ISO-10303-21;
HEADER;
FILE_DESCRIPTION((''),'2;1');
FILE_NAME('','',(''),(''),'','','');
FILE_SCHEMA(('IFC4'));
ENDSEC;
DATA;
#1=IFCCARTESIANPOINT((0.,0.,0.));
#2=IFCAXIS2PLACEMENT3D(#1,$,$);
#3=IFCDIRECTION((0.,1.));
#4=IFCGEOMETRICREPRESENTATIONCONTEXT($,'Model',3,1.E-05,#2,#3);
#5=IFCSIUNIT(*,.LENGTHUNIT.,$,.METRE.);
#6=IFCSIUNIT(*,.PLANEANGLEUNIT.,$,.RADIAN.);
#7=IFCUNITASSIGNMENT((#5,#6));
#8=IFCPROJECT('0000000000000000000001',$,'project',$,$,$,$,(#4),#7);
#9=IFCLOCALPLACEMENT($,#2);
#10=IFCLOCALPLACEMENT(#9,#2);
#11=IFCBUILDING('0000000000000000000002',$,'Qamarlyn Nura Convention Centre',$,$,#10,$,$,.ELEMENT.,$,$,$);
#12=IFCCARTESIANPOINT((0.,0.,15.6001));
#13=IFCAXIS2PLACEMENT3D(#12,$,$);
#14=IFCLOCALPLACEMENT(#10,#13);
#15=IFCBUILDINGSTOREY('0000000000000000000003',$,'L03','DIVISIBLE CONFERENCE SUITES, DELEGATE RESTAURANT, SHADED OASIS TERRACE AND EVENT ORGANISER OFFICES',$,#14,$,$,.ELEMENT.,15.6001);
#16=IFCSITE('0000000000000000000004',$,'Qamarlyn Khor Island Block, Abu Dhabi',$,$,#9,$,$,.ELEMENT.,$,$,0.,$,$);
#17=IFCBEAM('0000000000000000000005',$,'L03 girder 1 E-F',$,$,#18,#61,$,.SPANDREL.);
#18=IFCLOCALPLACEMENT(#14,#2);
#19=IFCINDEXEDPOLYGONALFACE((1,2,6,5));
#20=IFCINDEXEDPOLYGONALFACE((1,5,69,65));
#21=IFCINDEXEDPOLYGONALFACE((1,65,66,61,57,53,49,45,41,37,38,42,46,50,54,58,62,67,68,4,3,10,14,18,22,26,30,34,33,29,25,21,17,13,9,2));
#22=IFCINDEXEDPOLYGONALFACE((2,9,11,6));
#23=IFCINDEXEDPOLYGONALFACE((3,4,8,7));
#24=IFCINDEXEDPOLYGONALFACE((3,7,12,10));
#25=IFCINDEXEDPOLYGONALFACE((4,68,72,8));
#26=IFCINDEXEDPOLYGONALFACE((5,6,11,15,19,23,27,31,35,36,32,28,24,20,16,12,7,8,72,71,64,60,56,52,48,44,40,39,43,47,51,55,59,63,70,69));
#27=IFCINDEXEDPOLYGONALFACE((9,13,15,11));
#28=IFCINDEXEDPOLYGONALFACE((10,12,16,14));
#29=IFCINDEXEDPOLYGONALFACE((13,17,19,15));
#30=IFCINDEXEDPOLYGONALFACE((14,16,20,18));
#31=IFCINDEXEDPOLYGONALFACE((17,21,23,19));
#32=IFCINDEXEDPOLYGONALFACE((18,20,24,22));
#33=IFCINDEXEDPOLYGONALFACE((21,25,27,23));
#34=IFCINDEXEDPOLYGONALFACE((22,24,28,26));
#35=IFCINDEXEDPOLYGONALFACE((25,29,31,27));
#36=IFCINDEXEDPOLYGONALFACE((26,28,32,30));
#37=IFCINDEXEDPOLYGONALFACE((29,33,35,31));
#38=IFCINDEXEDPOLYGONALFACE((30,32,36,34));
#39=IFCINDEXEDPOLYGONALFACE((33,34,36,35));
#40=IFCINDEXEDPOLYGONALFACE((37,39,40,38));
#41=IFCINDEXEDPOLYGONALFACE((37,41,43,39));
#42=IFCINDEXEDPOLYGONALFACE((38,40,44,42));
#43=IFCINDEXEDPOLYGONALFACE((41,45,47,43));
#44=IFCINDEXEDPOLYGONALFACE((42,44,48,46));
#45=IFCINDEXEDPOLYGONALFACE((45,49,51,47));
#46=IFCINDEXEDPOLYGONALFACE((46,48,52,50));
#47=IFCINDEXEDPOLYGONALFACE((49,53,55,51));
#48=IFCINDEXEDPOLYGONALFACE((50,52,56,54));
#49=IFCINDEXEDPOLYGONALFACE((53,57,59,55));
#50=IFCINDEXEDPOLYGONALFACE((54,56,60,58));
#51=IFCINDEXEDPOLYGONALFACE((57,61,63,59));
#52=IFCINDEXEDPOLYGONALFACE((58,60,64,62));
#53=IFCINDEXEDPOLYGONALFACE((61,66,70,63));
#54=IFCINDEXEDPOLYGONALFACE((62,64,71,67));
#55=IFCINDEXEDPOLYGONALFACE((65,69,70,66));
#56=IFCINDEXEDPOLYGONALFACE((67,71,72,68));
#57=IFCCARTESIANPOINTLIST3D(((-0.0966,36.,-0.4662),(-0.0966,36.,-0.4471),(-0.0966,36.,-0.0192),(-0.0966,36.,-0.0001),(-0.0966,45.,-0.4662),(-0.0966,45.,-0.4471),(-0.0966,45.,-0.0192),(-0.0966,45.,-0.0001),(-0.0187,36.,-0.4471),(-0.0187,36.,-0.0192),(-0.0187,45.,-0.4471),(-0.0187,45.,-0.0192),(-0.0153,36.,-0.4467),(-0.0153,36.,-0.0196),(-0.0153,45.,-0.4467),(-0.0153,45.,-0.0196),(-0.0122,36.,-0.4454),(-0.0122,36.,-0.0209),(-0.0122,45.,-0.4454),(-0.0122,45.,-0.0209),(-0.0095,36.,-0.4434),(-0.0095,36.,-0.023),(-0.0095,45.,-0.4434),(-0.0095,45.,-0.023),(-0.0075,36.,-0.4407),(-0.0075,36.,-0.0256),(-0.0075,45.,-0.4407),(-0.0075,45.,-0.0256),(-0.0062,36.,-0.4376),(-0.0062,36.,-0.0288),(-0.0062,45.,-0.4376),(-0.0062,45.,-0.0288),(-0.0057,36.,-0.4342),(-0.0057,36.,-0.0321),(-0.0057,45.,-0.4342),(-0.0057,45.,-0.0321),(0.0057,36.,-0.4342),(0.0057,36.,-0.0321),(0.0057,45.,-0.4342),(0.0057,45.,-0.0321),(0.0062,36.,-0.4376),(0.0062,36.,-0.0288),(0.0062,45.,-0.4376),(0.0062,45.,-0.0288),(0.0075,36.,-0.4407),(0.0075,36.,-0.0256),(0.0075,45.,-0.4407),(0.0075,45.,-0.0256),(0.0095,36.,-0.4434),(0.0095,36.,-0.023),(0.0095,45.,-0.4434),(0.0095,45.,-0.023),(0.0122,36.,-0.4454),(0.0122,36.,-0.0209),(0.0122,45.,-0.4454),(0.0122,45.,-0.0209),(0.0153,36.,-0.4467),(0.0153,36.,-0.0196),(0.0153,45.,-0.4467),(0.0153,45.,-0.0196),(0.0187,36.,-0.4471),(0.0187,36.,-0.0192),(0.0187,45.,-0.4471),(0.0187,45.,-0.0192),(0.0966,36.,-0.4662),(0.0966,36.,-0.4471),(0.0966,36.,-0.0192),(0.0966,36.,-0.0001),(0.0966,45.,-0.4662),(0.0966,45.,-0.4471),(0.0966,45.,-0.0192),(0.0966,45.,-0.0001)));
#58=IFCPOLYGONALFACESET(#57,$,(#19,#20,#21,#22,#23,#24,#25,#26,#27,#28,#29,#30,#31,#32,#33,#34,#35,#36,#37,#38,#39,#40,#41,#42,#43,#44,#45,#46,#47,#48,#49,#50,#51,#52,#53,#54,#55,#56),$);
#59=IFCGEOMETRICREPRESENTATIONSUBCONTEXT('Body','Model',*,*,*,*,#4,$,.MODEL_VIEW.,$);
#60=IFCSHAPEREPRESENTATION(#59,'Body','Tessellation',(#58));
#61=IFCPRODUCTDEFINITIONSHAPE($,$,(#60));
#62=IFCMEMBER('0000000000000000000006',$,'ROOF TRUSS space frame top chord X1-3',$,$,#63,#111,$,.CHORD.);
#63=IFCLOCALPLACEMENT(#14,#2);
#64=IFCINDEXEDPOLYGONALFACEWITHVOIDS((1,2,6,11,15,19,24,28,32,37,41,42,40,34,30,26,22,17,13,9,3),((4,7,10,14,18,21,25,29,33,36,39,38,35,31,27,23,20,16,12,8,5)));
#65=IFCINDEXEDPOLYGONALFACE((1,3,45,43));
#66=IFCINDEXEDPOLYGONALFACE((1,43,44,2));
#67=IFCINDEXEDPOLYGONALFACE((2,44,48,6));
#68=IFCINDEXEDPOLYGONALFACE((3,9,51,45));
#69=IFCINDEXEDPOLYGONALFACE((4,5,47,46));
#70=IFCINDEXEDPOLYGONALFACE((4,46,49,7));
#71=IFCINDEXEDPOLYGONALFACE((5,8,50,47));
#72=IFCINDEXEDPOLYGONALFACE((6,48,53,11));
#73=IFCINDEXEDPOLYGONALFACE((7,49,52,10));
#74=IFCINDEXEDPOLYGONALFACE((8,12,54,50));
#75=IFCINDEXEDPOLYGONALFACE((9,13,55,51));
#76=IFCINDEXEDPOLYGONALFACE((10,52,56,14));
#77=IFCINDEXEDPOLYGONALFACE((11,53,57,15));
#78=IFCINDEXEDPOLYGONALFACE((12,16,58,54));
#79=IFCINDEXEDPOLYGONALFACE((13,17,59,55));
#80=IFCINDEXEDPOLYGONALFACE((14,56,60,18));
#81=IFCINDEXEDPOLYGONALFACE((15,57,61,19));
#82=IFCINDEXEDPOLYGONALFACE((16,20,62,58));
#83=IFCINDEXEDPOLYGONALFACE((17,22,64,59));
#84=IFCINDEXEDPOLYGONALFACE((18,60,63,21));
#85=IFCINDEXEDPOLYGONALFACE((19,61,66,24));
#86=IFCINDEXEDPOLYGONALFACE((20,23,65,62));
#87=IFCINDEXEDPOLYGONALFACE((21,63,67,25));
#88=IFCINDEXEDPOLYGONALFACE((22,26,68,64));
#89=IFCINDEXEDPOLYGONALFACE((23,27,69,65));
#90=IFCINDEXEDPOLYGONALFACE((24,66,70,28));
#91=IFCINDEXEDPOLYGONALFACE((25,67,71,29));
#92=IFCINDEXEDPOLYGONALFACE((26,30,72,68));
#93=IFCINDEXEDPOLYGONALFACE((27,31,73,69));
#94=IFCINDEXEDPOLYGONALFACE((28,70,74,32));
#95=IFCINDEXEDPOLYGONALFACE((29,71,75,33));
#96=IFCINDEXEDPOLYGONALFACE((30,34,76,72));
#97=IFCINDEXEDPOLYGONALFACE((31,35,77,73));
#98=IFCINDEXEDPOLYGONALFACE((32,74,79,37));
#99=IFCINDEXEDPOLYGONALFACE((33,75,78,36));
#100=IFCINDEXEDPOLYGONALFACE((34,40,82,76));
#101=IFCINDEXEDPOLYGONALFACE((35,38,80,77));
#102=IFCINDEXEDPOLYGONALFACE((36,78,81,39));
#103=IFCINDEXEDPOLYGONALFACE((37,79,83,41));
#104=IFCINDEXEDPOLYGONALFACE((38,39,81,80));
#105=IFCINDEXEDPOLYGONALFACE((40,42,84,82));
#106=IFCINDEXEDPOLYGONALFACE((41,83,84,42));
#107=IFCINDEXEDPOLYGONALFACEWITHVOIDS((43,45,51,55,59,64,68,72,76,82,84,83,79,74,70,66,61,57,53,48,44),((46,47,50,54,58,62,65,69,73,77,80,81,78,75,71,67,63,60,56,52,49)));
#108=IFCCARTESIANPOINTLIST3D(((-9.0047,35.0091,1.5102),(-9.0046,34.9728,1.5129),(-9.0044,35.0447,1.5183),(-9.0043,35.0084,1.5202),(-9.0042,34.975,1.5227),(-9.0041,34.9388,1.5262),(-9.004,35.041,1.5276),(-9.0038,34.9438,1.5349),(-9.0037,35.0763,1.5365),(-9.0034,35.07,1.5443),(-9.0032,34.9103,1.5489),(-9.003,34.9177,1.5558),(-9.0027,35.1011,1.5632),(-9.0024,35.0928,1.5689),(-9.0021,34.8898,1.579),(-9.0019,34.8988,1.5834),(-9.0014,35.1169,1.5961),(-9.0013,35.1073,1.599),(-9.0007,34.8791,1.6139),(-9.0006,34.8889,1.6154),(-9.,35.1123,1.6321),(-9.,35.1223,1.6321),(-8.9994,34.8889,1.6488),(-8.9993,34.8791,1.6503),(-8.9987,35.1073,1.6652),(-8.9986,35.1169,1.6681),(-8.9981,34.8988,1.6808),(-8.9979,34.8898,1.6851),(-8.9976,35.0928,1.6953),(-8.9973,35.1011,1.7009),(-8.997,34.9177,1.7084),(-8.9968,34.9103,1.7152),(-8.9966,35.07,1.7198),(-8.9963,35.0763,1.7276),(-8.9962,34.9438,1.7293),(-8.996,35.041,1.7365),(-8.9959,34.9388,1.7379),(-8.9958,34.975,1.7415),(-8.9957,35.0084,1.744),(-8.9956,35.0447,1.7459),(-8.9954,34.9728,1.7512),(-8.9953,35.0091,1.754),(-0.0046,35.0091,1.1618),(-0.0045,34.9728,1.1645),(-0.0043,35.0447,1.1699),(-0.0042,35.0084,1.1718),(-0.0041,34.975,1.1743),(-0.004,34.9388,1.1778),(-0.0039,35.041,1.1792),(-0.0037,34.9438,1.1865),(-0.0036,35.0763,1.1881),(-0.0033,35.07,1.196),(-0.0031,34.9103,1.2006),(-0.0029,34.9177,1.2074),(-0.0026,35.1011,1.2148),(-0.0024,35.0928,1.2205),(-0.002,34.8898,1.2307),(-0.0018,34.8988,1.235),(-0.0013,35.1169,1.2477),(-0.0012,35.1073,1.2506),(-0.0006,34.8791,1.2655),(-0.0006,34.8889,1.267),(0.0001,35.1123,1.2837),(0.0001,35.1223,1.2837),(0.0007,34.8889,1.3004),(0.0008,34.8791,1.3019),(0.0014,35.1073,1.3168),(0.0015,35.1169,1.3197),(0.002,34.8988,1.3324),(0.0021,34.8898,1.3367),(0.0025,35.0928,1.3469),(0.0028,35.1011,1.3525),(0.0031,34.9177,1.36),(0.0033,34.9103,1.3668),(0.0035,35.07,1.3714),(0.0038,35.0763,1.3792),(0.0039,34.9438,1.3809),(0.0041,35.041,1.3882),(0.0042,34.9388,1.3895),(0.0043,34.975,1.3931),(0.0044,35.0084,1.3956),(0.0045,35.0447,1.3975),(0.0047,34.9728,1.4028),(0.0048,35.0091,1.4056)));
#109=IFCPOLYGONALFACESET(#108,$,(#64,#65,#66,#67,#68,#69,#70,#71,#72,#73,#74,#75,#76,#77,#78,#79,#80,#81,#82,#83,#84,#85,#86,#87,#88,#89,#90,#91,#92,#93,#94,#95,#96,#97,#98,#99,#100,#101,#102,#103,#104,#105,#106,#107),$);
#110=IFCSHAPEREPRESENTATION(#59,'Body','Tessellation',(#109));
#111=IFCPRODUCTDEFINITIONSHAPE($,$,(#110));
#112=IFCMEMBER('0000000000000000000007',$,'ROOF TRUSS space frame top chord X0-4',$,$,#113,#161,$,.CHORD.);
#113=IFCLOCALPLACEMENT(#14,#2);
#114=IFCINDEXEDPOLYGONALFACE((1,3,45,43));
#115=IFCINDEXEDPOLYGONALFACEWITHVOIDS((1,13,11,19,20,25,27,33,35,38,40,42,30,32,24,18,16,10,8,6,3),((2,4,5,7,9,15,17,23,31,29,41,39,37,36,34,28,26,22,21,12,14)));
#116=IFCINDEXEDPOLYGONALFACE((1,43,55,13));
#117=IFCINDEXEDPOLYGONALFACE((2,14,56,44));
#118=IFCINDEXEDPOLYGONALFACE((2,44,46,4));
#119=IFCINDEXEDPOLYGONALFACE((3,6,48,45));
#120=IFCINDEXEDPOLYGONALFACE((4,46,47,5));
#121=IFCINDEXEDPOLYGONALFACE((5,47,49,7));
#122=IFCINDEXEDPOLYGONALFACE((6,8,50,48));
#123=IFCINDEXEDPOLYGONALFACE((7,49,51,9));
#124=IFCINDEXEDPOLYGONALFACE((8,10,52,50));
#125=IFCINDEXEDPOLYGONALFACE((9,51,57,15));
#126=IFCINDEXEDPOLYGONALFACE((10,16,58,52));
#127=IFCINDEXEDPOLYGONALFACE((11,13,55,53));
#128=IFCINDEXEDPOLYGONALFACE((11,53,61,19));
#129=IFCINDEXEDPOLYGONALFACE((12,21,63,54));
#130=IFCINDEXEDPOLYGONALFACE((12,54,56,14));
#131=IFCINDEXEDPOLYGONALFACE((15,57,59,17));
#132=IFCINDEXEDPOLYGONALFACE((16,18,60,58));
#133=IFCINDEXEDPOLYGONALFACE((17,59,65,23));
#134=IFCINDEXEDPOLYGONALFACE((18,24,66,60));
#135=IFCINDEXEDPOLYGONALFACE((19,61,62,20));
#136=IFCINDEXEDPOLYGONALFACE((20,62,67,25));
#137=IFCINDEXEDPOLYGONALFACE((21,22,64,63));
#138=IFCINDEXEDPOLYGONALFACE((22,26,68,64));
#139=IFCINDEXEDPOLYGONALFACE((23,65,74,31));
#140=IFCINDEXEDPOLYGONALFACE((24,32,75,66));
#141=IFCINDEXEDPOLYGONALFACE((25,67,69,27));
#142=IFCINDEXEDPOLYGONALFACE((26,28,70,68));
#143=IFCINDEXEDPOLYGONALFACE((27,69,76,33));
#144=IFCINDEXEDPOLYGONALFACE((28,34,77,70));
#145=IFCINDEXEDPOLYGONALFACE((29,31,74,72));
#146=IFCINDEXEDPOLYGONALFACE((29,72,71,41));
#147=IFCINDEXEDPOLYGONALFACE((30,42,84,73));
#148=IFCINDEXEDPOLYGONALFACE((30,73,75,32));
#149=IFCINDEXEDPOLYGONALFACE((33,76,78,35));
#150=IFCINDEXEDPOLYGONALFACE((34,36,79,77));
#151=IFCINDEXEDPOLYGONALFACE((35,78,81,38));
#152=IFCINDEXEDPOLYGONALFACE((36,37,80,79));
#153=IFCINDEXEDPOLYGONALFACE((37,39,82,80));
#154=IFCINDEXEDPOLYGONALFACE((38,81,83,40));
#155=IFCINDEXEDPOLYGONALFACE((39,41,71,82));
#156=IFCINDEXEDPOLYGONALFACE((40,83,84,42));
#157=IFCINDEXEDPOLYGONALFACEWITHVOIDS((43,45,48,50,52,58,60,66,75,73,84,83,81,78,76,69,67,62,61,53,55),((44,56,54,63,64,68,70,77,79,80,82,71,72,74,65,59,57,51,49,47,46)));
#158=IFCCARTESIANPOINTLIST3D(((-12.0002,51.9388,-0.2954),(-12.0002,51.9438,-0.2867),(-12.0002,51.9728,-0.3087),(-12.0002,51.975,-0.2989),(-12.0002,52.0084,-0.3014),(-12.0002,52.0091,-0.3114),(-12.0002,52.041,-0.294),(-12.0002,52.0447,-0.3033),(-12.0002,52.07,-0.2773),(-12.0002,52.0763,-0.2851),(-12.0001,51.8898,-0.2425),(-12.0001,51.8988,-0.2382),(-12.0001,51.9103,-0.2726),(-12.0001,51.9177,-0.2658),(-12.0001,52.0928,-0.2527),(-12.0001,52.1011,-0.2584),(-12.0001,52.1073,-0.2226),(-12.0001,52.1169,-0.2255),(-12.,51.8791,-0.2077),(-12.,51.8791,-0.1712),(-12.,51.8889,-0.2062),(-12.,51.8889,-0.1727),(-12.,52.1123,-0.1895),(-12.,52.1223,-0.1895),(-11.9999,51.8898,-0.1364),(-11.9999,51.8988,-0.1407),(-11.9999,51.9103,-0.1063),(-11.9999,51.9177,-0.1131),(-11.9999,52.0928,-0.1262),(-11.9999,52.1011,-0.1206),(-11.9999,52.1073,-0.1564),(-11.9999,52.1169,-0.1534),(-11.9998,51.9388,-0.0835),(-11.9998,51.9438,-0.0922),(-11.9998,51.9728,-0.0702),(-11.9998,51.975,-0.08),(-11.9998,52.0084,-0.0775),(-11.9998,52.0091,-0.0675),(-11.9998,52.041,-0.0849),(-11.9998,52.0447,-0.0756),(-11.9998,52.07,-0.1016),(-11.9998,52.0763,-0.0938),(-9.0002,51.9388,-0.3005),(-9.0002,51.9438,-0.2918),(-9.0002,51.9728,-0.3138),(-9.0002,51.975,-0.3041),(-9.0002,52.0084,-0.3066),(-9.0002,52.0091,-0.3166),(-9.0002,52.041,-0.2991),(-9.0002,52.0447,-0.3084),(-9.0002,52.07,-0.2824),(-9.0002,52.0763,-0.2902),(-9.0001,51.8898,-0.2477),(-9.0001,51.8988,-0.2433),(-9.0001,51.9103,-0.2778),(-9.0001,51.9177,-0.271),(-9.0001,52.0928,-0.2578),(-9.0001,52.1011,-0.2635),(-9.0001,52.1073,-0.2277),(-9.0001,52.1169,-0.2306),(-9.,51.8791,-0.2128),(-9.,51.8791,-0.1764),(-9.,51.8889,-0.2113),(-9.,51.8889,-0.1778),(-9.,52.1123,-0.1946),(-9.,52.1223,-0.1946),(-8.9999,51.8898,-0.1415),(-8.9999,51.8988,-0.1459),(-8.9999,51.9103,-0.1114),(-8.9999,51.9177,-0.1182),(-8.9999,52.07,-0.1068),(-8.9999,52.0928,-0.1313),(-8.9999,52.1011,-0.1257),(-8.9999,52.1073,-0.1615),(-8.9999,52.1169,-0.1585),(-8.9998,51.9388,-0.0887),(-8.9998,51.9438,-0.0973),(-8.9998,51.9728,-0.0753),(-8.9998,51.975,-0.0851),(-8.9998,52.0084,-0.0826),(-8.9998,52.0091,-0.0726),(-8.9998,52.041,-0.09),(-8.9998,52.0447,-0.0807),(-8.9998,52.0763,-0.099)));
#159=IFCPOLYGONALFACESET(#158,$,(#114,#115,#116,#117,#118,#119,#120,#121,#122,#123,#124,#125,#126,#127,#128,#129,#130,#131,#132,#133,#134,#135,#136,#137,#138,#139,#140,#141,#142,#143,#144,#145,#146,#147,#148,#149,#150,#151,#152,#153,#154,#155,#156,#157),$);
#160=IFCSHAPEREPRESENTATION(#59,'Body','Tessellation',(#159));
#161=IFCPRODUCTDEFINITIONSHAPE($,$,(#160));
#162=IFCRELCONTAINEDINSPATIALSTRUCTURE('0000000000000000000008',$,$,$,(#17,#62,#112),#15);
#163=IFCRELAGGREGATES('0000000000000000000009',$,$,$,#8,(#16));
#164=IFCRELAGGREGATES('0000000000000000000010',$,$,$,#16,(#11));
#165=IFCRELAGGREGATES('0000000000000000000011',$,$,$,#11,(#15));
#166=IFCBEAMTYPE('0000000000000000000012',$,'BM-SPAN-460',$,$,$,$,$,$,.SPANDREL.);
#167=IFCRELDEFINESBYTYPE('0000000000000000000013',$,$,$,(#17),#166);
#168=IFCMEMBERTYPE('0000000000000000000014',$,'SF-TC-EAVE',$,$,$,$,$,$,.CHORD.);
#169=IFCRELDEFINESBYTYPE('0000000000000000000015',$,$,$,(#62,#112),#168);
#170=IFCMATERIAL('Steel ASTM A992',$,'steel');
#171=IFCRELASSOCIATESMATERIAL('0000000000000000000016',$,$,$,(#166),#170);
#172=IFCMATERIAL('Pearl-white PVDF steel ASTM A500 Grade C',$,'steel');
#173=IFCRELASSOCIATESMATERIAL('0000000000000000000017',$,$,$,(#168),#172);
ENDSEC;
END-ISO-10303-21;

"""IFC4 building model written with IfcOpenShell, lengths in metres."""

from ifc_helpers import new_model, si_unit, direction, frame, origin, origin_2d, place, context, subcontext, project, spatial, hollow_circle, i_section, extrude, material, material_profile, profile_set, type_object, element, save


model = new_model("IFC4")

# Units and contexts
model_context = context("Model", 3, precision=1e-05, world=origin(), true_north=direction((0.0, 1.0)))
body_context = subcontext(model_context, "Body", "Model", "MODEL_VIEW")
ifc_project = project(units=[si_unit("LENGTHUNIT", "METRE"), si_unit("PLANEANGLEUNIT", "RADIAN")], contexts=[model_context])

# Site, building, storey
site_placement = place(None, origin())
site = spatial("IfcSite", under=ifc_project, at=site_placement, Name="Qamarlyn Khor Island Block, Abu Dhabi", CompositionType="ELEMENT", RefElevation=0.0)
building_placement = place(site_placement, origin())
building = spatial("IfcBuilding", under=site, at=building_placement, Name="Qamarlyn Nura Convention Centre", CompositionType="ELEMENT")
storey_placement = place(building_placement, frame((0.0, 0.0, 15.6001)))
storey = spatial("IfcBuildingStorey", under=building, at=storey_placement, Name="L03", Description="DIVISIBLE CONFERENCE SUITES, DELEGATE RESTAURANT, SHADED OASIS TERRACE AND EVENT ORGANISER OFFICES", CompositionType="ELEMENT", Elevation=15.6001)

# Beam
ifc_material_1 = material(Name="Steel ASTM A992", Category="steel")
ifc_material_profile_1 = material_profile(ifc_material_1, i_section(OverallWidth=0.1931, OverallDepth=0.4661, WebThickness=0.0115, FlangeThickness=0.019, FilletRadius=0.0129, at=origin_2d()), Name="W460X97")
ifc_profile_set_1 = profile_set([ifc_material_profile_1], Name="Steel ASTM A992")
beam_type = type_object("IfcBeamType", Name="BM-SPAN-460", PredefinedType="SPANDREL", material=ifc_profile_set_1)
beam_placement = place(storey_placement, frame((0.0, 36.0, -0.2332), z_axis=(0.0, 1.0, 0.0), x_axis=(-1.0, 0.0, 0.0)))
element("IfcBeam", 1, at=beam_placement, inside=storey, type_object=beam_type, Name="L03 girder 1 E-F", PredefinedType="SPANDREL", context=body_context, shape_type="SweptSolid", body=[
    extrude(i_section(OverallWidth=0.1931, OverallDepth=0.4661, WebThickness=0.0115, FlangeThickness=0.019, FilletRadius=0.0129, at=origin_2d()), origin(), (0.0, 0.0, 1.0), 9.0),
])

# Members
ifc_material_2 = material(Name="Pearl-white PVDF steel ASTM A500 Grade C", Category="steel")
ifc_material_profile_2 = material_profile(ifc_material_2, hollow_circle(Radius=0.1223, WallThickness=0.01, at=origin_2d()), Name="CHS244.5X10")
ifc_profile_set_2 = profile_set([ifc_material_profile_2], Name="Pearl-white PVDF steel ASTM A500 Grade C")
member_type_1 = type_object("IfcMemberType", Name="SF-TC-EAVE", PredefinedType="CHORD", material=ifc_profile_set_2)
member_1_placement = place(storey_placement, frame((-9.0, 35.0, 1.6321), z_axis=(0.999252, 0.0, -0.038681), x_axis=(0.0, 1.0, 0.0)))
element("IfcMember", 2, at=member_1_placement, inside=storey, type_object=member_type_1, Name="ROOF TRUSS space frame top chord X1-3", PredefinedType="CHORD", context=body_context, shape_type="SweptSolid", body=[
    extrude(hollow_circle(Radius=0.1223, WallThickness=0.01, at=origin_2d()), origin(), (0.0, 0.0, 1.0), 9.0068),
])
member_2_placement = place(storey_placement, frame((-12.0, 52.0, -0.1895), z_axis=(0.999999, 0.0, -0.001709), x_axis=(0.0, 1.0, 0.0)))
element("IfcMember", 3, at=member_2_placement, inside=storey, type_object=member_type_1, Name="ROOF TRUSS space frame top chord X0-4", PredefinedType="CHORD", context=body_context, shape_type="SweptSolid", body=[
    extrude(hollow_circle(Radius=0.1223, WallThickness=0.01, at=origin_2d()), origin(), (0.0, 0.0, 1.0), 3.0),
])

save(model, "model.ifc")
